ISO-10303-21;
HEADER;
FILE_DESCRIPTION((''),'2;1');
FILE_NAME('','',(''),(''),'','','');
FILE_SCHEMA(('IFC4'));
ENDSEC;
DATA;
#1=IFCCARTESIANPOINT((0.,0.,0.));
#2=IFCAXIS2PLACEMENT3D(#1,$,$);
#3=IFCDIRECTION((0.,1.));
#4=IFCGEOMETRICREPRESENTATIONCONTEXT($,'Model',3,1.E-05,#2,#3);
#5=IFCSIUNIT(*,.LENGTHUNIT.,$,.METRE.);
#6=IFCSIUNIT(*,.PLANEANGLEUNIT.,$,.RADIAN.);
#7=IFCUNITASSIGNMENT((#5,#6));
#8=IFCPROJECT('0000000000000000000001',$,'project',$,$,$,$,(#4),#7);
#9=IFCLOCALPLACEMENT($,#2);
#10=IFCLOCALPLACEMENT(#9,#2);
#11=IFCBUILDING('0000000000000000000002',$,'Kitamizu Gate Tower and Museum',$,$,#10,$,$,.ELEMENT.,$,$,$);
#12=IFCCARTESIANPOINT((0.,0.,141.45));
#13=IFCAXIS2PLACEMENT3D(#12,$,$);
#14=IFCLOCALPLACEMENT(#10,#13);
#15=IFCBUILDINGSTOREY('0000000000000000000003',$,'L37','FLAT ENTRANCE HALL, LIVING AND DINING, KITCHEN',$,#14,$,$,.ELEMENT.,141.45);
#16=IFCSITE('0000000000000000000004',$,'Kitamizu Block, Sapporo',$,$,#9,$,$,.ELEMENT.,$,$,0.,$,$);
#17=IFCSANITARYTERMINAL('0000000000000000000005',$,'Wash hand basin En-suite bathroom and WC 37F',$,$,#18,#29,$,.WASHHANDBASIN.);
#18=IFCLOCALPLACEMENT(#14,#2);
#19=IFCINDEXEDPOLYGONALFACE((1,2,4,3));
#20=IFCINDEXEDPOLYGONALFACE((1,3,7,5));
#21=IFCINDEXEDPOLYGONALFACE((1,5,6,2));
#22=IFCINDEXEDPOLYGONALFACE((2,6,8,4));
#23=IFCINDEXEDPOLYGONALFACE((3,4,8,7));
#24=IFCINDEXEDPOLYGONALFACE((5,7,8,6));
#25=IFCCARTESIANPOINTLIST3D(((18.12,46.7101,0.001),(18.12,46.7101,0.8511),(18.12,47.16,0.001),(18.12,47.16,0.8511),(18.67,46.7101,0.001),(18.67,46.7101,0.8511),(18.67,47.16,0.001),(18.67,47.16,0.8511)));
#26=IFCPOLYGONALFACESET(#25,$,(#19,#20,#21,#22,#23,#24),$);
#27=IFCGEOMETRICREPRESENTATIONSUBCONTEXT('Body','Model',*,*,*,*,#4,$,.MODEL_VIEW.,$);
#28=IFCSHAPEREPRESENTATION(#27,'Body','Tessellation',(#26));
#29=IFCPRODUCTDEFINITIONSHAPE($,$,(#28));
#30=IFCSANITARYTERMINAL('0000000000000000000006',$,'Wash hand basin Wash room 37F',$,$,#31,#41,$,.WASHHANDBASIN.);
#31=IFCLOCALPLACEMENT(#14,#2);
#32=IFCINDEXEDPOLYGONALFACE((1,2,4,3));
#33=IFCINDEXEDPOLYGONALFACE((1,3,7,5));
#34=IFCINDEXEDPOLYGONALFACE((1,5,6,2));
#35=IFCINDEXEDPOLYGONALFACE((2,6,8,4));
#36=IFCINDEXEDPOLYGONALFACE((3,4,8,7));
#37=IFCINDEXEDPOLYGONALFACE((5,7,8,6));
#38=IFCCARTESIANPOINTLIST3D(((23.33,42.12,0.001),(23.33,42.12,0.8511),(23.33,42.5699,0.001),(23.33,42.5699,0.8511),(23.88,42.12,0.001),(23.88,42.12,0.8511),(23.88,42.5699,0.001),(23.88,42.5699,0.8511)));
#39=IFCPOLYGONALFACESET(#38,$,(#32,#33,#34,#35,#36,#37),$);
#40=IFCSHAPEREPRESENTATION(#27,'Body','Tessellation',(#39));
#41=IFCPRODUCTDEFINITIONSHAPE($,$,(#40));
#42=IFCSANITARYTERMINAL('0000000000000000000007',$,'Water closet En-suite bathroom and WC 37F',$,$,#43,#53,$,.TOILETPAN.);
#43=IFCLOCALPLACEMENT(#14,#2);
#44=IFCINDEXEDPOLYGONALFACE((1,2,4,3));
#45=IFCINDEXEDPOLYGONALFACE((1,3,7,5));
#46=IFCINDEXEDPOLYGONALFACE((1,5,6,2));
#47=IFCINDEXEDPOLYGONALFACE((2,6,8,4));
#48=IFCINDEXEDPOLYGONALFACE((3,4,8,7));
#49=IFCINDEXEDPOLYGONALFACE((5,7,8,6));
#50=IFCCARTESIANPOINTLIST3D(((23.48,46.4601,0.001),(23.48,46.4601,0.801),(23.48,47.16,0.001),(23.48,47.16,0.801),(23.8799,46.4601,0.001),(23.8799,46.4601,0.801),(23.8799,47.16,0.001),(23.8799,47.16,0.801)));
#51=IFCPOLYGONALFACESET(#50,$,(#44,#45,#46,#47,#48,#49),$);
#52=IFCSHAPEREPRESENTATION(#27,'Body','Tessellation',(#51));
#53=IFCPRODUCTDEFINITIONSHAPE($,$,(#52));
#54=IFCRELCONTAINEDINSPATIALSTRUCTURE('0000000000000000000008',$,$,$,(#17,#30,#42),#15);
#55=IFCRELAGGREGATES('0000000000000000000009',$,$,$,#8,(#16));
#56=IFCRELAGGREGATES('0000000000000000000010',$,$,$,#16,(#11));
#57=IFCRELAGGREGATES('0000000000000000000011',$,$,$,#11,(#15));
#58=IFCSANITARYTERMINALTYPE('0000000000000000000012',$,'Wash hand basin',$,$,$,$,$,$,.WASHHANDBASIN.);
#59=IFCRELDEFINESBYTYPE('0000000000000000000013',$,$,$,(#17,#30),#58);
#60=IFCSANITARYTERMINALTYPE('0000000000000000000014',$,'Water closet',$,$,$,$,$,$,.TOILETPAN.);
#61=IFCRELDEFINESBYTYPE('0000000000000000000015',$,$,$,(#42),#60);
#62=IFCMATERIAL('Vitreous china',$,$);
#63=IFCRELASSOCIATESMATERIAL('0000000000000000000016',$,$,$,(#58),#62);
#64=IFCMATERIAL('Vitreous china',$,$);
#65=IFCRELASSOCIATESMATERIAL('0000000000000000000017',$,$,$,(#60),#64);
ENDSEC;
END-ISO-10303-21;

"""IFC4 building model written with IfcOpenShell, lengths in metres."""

from ifc_helpers import new_model, si_unit, direction, frame, origin, origin_2d, place, context, subcontext, project, spatial, rectangle, extrude, material, type_object, element, save


model = new_model("IFC4")

# Units and contexts
model_context = context("Model", 3, precision=1e-05, world=origin(), true_north=direction((0.0, 1.0)))
body_context = subcontext(model_context, "Body", "Model", "MODEL_VIEW")
ifc_project = project(units=[si_unit("LENGTHUNIT", "METRE"), si_unit("PLANEANGLEUNIT", "RADIAN")], contexts=[model_context])

# Site, building, storey
site_placement = place(None, origin())
site = spatial("IfcSite", under=ifc_project, at=site_placement, Name="Kitamizu Block, Sapporo", CompositionType="ELEMENT", RefElevation=0.0)
building_placement = place(site_placement, origin())
building = spatial("IfcBuilding", under=site, at=building_placement, Name="Kitamizu Gate Tower and Museum", CompositionType="ELEMENT")
storey_placement = place(building_placement, frame((0.0, 0.0, 141.45)))
storey = spatial("IfcBuildingStorey", under=building, at=storey_placement, Name="L37", Description="FLAT ENTRANCE HALL, LIVING AND DINING, KITCHEN", CompositionType="ELEMENT", Elevation=141.45)

# Sanitary terminals
ifc_material_1 = material(Name="Vitreous china")
sanitary_terminal_type_1 = type_object("IfcSanitaryTerminalType", Name="Wash hand basin", PredefinedType="WASHHANDBASIN", material=ifc_material_1)
for number, where, z_axis, x_axis, name in (
    (1, (18.395, 46.9351, 0.001), (0.0, 0.0, 1.0), (1.0, 0.0, 0.0), "Wash hand basin En-suite bathroom and WC 37F"),
    (2, (23.605, 42.345, 0.001), (0.0, 0.0, 1.0), (1.0, 0.0, 0.0), "Wash hand basin Wash room 37F"),
):
    element("IfcSanitaryTerminal", number, at=place(storey_placement, frame(where, z_axis=z_axis, x_axis=x_axis)), inside=storey, type_object=sanitary_terminal_type_1, Name=name, PredefinedType="WASHHANDBASIN", context=body_context, shape_type="SweptSolid", body=[
        extrude(rectangle(XDim=0.55, YDim=0.45, at=origin_2d()), origin(), (0.0, 0.0, 1.0), 0.8501),
    ])
ifc_material_2 = material(Name="Vitreous china")
sanitary_terminal_type_2 = type_object("IfcSanitaryTerminalType", Name="Water closet", PredefinedType="TOILETPAN", material=ifc_material_2)
sanitary_terminal_1_placement = place(storey_placement, frame((23.6799, 46.8101, 0.001), z_axis=(0.0, 0.0, 1.0), x_axis=(1.0, 0.0, 0.0)))
element("IfcSanitaryTerminal", 3, at=sanitary_terminal_1_placement, inside=storey, type_object=sanitary_terminal_type_2, Name="Water closet En-suite bathroom and WC 37F", PredefinedType="TOILETPAN", context=body_context, shape_type="SweptSolid", body=[
    extrude(rectangle(XDim=0.3999, YDim=0.7, at=origin_2d()), origin(), (0.0, 0.0, 1.0), 0.8),
])

save(model, "model.ifc")
